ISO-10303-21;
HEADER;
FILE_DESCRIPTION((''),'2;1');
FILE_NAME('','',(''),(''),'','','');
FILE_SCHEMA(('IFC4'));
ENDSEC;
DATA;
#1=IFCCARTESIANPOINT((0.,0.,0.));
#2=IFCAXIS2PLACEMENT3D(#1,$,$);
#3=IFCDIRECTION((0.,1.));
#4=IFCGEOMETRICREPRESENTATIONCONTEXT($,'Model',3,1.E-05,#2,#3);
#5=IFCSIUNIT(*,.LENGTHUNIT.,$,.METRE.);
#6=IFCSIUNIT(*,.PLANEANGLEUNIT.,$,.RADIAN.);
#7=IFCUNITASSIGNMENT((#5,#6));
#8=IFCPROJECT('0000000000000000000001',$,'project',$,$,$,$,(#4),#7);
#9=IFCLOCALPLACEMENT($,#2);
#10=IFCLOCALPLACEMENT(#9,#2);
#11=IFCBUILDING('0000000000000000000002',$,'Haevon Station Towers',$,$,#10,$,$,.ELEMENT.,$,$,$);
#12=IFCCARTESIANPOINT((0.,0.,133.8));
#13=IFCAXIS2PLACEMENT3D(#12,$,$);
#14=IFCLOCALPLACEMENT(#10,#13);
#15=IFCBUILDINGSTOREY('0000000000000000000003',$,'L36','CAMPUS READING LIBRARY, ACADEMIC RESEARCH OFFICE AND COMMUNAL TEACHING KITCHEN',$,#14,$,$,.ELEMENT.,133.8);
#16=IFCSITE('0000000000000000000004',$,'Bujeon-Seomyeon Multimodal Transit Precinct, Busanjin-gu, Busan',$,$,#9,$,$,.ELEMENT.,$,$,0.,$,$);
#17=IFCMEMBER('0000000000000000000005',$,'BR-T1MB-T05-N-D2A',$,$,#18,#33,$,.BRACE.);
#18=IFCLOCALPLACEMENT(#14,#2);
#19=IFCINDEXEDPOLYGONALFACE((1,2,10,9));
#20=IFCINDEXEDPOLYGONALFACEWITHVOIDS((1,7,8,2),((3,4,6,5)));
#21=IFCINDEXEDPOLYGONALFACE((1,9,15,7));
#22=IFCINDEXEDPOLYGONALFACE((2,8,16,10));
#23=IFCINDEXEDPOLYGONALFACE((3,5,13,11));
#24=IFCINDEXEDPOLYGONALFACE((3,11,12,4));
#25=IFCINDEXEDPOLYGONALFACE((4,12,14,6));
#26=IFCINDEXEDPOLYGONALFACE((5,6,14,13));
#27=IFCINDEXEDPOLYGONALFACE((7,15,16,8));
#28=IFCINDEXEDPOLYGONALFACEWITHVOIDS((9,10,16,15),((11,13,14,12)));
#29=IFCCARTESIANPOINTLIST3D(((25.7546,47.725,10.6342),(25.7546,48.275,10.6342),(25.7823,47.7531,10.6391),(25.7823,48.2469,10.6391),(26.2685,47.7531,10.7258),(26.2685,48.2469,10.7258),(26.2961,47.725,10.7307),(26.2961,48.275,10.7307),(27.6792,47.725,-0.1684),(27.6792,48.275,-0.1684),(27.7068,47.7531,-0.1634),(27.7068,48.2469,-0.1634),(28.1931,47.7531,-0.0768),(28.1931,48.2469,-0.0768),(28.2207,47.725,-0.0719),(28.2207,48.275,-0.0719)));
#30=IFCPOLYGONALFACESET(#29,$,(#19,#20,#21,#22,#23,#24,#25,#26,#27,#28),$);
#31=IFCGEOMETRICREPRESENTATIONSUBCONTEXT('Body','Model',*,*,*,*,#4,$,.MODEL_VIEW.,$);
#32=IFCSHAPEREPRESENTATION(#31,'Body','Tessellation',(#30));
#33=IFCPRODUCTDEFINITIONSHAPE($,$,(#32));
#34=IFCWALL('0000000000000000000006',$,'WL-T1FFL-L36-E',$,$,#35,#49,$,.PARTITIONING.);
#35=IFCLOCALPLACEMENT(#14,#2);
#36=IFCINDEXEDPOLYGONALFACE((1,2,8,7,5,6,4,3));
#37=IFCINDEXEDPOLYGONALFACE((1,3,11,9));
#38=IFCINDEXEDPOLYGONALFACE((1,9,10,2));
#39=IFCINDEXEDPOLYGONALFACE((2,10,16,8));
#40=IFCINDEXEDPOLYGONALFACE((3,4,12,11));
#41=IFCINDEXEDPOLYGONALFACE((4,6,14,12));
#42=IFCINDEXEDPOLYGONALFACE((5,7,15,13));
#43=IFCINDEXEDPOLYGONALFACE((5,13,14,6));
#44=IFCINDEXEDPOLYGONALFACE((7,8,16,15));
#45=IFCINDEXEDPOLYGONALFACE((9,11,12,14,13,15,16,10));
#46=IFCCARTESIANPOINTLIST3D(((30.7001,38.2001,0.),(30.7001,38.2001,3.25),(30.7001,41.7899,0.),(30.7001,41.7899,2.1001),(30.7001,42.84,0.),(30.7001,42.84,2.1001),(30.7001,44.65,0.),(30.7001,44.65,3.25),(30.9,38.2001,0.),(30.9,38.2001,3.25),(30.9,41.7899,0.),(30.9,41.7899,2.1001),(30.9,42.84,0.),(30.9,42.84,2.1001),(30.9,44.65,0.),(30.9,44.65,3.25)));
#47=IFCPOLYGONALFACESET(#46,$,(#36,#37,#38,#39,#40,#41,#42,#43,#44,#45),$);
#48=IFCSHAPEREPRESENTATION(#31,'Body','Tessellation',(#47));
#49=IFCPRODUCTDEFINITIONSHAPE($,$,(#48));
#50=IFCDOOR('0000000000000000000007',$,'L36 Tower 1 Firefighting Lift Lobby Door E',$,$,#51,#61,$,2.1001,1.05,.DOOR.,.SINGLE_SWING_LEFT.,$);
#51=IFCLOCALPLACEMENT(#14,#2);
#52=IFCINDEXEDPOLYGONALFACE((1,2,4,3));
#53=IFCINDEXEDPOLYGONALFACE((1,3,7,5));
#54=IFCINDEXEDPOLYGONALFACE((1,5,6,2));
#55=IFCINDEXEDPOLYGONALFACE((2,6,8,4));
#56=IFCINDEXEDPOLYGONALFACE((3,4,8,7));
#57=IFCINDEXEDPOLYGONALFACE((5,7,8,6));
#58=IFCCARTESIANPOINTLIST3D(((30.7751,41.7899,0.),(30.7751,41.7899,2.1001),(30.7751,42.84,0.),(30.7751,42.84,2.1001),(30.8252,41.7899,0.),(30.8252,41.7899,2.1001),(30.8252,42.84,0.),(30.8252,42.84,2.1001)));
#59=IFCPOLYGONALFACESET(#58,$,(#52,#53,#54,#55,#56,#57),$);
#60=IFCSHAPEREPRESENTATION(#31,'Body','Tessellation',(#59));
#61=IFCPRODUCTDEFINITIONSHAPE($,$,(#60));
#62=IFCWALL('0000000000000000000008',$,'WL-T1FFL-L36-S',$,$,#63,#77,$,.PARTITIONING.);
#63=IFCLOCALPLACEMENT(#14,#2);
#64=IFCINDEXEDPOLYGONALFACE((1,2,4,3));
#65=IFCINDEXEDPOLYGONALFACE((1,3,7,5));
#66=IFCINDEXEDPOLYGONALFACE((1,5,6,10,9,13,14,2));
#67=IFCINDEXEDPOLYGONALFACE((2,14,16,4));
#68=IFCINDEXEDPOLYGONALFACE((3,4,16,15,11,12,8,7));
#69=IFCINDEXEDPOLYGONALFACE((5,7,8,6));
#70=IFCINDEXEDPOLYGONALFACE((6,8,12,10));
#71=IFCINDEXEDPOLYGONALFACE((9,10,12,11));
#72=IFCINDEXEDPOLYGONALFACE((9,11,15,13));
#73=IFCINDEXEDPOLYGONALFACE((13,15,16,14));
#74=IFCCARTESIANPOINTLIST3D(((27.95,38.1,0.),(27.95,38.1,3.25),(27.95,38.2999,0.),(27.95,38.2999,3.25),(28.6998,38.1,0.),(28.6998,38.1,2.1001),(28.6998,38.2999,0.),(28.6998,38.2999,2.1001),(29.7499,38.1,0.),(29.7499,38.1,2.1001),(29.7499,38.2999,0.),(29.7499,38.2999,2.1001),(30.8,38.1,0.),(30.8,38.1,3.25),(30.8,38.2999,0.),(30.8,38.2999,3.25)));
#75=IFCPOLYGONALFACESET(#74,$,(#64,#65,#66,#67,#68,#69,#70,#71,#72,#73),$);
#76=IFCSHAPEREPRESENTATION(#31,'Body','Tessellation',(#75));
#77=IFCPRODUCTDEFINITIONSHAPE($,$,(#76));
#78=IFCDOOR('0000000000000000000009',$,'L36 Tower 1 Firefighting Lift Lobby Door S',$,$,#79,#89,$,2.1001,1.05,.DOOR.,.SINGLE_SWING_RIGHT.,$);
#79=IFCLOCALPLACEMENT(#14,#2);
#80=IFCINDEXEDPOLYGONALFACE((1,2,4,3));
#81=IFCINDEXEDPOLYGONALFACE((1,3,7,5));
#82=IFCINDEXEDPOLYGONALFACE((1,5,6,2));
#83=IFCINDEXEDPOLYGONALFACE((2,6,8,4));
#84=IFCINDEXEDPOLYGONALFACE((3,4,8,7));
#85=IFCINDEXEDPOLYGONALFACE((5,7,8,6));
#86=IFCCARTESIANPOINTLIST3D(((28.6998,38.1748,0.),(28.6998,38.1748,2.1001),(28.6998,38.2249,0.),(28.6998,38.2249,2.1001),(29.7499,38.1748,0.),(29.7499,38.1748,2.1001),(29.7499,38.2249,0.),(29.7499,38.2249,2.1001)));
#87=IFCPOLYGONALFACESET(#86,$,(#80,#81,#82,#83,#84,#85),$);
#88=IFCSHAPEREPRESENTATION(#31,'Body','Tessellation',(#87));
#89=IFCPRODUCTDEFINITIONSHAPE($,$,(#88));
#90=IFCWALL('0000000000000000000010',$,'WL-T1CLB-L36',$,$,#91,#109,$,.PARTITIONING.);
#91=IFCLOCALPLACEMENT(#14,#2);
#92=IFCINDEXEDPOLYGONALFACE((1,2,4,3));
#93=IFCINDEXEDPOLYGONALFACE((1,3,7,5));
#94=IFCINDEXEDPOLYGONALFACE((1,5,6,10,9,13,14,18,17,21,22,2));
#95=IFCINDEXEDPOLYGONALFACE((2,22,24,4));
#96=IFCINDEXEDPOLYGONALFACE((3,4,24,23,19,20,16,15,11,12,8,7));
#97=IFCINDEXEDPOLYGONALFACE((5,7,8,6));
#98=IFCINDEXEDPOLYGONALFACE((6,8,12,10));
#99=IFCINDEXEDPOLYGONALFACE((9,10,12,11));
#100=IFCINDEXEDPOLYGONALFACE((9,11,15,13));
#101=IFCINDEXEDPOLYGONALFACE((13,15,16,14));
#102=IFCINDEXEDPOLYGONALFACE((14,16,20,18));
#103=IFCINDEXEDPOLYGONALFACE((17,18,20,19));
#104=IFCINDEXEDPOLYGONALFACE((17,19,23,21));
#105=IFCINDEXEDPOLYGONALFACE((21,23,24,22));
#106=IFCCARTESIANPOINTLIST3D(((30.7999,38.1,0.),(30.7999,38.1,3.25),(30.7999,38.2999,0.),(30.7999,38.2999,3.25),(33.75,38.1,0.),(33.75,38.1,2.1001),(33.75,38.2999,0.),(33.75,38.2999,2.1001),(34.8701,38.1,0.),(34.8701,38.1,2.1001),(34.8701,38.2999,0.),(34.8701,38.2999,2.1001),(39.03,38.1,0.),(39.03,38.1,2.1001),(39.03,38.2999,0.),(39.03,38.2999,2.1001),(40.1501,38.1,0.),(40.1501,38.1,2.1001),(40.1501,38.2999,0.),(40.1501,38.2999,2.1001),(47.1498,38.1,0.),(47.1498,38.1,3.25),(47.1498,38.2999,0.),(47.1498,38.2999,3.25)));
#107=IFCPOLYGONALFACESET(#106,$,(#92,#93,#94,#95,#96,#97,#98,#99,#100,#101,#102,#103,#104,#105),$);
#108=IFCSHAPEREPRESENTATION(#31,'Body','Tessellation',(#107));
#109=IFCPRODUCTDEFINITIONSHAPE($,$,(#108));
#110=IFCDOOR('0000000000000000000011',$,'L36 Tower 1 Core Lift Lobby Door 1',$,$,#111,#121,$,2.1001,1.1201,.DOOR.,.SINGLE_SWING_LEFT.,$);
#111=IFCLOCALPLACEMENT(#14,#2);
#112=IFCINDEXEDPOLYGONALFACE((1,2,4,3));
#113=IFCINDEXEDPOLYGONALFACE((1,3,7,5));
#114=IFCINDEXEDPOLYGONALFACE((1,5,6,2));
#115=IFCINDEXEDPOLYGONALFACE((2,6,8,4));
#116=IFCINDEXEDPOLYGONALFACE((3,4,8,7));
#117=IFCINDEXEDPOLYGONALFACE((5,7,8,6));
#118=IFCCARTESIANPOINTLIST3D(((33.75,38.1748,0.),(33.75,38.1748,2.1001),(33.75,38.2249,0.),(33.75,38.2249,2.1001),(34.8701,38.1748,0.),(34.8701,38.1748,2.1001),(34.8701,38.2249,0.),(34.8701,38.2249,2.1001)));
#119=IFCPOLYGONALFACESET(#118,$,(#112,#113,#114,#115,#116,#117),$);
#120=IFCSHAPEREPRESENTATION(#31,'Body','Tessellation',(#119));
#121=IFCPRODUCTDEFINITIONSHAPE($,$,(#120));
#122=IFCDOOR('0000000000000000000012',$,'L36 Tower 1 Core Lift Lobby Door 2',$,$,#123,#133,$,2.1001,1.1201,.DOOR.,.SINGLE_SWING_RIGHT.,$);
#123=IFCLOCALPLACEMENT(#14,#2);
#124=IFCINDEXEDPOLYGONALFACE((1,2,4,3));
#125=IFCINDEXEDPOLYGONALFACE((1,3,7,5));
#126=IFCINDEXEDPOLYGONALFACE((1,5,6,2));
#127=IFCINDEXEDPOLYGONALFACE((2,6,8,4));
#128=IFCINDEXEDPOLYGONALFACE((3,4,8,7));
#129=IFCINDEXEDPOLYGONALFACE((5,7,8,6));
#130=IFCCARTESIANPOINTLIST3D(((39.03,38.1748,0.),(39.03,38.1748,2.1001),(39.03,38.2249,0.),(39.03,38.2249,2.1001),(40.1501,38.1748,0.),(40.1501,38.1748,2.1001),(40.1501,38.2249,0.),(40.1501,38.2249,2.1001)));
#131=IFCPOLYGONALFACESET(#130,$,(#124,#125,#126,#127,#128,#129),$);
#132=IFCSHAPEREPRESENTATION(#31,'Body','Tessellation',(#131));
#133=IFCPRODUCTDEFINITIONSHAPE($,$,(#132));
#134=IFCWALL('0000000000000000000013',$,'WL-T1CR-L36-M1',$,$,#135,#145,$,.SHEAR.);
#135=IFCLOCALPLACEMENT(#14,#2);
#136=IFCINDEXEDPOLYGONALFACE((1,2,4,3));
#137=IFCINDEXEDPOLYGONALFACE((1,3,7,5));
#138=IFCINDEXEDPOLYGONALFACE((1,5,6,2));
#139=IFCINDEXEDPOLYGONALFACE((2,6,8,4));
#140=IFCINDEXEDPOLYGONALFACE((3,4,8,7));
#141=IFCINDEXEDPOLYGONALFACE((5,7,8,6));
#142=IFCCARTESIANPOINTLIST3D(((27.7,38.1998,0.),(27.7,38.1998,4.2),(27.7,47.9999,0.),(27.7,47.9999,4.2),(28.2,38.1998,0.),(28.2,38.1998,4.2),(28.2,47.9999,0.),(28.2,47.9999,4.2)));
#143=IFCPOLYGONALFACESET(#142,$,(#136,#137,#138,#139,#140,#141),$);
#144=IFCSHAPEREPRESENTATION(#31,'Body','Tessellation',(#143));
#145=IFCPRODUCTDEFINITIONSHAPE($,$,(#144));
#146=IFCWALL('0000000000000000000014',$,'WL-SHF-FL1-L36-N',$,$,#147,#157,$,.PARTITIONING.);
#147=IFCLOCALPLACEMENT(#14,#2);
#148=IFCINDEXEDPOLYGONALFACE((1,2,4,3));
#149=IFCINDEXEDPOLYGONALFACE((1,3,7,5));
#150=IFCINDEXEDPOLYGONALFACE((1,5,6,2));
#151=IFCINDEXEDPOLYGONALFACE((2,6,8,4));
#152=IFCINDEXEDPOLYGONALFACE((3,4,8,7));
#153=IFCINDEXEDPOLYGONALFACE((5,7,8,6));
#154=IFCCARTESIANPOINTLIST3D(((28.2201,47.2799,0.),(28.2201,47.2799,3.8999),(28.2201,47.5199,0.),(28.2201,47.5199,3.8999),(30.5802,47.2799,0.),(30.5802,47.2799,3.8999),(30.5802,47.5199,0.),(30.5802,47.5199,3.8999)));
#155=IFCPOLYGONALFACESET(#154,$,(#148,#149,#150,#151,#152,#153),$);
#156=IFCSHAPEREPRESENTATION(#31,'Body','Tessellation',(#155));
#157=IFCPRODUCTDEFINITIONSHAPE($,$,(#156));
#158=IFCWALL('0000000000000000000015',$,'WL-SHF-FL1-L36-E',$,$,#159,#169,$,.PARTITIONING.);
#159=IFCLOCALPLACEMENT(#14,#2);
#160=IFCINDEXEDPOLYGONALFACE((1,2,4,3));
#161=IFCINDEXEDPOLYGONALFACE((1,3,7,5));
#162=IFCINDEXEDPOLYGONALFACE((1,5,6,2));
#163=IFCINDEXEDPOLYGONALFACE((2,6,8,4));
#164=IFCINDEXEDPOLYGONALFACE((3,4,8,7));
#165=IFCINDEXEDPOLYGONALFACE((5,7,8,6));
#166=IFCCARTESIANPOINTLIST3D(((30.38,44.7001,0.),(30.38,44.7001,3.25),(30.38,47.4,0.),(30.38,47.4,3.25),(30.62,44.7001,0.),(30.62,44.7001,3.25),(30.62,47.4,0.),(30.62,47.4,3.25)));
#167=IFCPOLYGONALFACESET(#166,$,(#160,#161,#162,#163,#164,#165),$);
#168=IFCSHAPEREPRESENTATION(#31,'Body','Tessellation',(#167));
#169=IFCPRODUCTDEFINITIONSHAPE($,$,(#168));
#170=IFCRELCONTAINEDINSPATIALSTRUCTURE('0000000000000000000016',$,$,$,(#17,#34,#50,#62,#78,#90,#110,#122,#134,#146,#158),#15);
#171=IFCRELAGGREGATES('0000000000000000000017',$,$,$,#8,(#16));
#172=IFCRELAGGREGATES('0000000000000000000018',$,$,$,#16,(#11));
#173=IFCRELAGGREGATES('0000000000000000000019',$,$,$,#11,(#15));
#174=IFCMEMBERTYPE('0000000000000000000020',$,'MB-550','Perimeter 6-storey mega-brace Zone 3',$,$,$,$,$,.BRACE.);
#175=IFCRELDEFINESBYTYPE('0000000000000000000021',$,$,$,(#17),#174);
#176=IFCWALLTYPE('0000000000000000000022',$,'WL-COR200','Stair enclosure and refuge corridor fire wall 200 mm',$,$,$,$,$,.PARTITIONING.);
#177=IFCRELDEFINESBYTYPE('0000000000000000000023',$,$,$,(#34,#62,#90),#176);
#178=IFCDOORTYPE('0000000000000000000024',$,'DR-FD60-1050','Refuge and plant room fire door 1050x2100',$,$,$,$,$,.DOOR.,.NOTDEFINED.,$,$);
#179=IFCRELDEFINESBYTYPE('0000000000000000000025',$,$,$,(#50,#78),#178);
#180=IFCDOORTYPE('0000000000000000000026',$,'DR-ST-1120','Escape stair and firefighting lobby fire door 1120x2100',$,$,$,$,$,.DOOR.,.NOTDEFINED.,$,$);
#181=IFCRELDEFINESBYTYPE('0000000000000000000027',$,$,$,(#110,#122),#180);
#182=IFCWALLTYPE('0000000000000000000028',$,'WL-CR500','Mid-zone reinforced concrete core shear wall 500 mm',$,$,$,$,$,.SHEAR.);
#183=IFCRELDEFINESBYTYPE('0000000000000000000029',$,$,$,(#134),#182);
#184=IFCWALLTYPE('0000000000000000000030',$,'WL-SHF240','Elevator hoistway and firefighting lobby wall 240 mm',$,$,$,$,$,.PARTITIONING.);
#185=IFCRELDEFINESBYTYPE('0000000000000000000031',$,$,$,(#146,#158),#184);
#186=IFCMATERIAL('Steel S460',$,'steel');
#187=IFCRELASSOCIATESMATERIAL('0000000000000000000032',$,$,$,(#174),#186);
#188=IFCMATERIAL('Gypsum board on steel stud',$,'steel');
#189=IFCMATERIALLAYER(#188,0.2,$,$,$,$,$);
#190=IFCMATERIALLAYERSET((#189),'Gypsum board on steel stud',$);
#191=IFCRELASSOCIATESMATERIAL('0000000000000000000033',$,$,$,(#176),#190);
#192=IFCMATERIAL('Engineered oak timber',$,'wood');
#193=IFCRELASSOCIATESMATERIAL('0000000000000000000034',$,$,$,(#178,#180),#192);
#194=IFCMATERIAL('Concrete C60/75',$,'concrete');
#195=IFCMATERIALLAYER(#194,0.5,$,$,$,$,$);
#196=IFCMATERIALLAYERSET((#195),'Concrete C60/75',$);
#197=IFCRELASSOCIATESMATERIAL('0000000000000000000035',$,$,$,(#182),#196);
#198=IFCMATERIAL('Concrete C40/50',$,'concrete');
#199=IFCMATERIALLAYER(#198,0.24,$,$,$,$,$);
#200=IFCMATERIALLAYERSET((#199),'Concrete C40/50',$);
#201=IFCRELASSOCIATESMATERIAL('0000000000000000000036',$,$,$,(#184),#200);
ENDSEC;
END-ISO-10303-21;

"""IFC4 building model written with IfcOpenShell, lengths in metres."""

from ifc_helpers import new_model, si_unit, direction, frame, frame_2d, origin, origin_2d, place, context, subcontext, project, spatial, rectangle, hollow_rectangle, extrude, material, layer, layer_set, material_profile, profile_set, type_object, element, fill, save


model = new_model("IFC4")

# Units and contexts
model_context = context("Model", 3, precision=1e-05, world=origin(), true_north=direction((0.0, 1.0)))
body_context = subcontext(model_context, "Body", "Model", "MODEL_VIEW")
ifc_project = project(units=[si_unit("LENGTHUNIT", "METRE"), si_unit("PLANEANGLEUNIT", "RADIAN")], contexts=[model_context])

# Site, building, storey
site_placement = place(None, origin())
site = spatial("IfcSite", under=ifc_project, at=site_placement, Name="Bujeon-Seomyeon Multimodal Transit Precinct, Busanjin-gu, Busan", CompositionType="ELEMENT", RefElevation=0.0)
building_placement = place(site_placement, origin())
building = spatial("IfcBuilding", under=site, at=building_placement, Name="Haevon Station Towers", CompositionType="ELEMENT")
storey_placement = place(building_placement, frame((0.0, 0.0, 133.8)))
storey = spatial("IfcBuildingStorey", under=building, at=storey_placement, Name="L36", Description="CAMPUS READING LIBRARY, ACADEMIC RESEARCH OFFICE AND COMMUNAL TEACHING KITCHEN", CompositionType="ELEMENT", Elevation=133.8)

# Shared definitions
ifc_material_1 = material(Name="Steel S460", Category="steel")

# Member
ifc_material_profile_1 = material_profile(ifc_material_1, hollow_rectangle(XDim=0.55, YDim=0.55, WallThickness=0.0281, at=origin_2d()), Name="RHS-550x550x28")
ifc_profile_set_1 = profile_set([ifc_material_profile_1], Name="Steel S460")
member_type = type_object("IfcMemberType", Name="MB-550", Description="Perimeter 6-storey mega-brace Zone 3", PredefinedType="BRACE", material=ifc_profile_set_1)
member_placement = place(storey_placement, frame((27.95, 48.0, -0.1201), z_axis=(-0.175397, 0.0, 0.984498), x_axis=(0.0, -1.0, 0.0)))
element("IfcMember", 1, at=member_placement, inside=storey, type_object=member_type, Name="BR-T1MB-T05-N-D2A", PredefinedType="BRACE", context=body_context, shape_type="SweptSolid", body=[
    extrude(hollow_rectangle(XDim=0.55, YDim=0.55, WallThickness=0.0281, at=origin_2d()), origin(), (0.0, 0.0, 1.0), 10.9727),
])

# Walls, openings, doors
ifc_material_2 = material(Name="Gypsum board on steel stud", Category="steel")
ifc_layer_1 = layer(ifc_material_2, 0.2)
ifc_layer_set_1 = layer_set([ifc_layer_1], Name="Gypsum board on steel stud")
wall_type_1 = type_object("IfcWallType", Name="WL-COR200", Description="Stair enclosure and refuge corridor fire wall 200 mm", PredefinedType="PARTITIONING", material=ifc_layer_set_1)
wall_1_placement = place(storey_placement, frame((30.8, 38.2, 0.0), z_axis=(0.0, 0.0, 1.0), x_axis=(0.0, 1.0, 0.0)))
wall_1 = element("IfcWall", 2, at=wall_1_placement, inside=storey, type_object=wall_type_1, Name="WL-T1FFL-L36-E", PredefinedType="PARTITIONING", context=body_context, shape_type="SweptSolid", body=[
    extrude(rectangle(XDim=6.45, YDim=0.2, at=frame_2d((3.2251, 0.0))), origin(), (0.0, 0.0, 1.0), 3.25),
])
opening_1_placement = place(wall_1_placement, frame((3.5901, 0.0, 0.0)))
opening_1 = element("IfcOpeningElement", 3, at=opening_1_placement, cuts=wall_1, PredefinedType="OPENING", context=body_context, shape_type="SweptSolid", body=[
    extrude(rectangle(XDim=1.05, YDim=2.1001, at=frame_2d((0.5249, 1.05))), frame((0.0, 0.1099, 0.0), z_axis=(0.0, -1.0, 0.0), x_axis=(1.0, 0.0, 0.0)), (0.0, 0.0, 1.0), 0.22),
])
ifc_material_3 = material(Name="Engineered oak timber", Category="wood")
door_type_1 = type_object("IfcDoorType", Name="DR-FD60-1050", Description="Refuge and plant room fire door 1050x2100", OperationType="NOTDEFINED", PredefinedType="DOOR", material=ifc_material_3)
door_1_placement = place(opening_1_placement, origin())
door_1 = element("IfcDoor", 4, at=door_1_placement, inside=storey, type_object=door_type_1, Name="L36 Tower 1 Firefighting Lift Lobby Door E", OperationType="SINGLE_SWING_LEFT", OverallHeight=2.1001, OverallWidth=1.05, PredefinedType="DOOR", context=body_context, shape_type="SweptSolid", body=[
    extrude(rectangle(XDim=1.05, YDim=2.1001, at=frame_2d((0.5249, 1.05))), frame((0.0, 0.0249, 0.0), z_axis=(0.0, -1.0, 0.0), x_axis=(1.0, 0.0, 0.0)), (0.0, 0.0, 1.0), 0.05),
])
fill(opening_1, door_1)
wall_2_placement = place(storey_placement, frame((27.95, 38.2, 0.0), z_axis=(0.0, 0.0, 1.0), x_axis=(1.0, 0.0, 0.0)))
wall_2 = element("IfcWall", 5, at=wall_2_placement, inside=storey, type_object=wall_type_1, Name="WL-T1FFL-L36-S", PredefinedType="PARTITIONING", context=body_context, shape_type="SweptSolid", body=[
    extrude(rectangle(XDim=2.8501, YDim=0.2, at=frame_2d((1.425, 0.0))), origin(), (0.0, 0.0, 1.0), 3.25),
])
opening_2_placement = place(wall_2_placement, frame((0.75, 0.0, 0.0)))
opening_2 = element("IfcOpeningElement", 6, at=opening_2_placement, cuts=wall_2, PredefinedType="OPENING", context=body_context, shape_type="SweptSolid", body=[
    extrude(rectangle(XDim=1.05, YDim=2.1001, at=frame_2d((0.5249, 1.05))), frame((0.0, 0.1099, 0.0), z_axis=(0.0, -1.0, 0.0), x_axis=(1.0, 0.0, 0.0)), (0.0, 0.0, 1.0), 0.22),
])
door_2_placement = place(opening_2_placement, origin())
door_2 = element("IfcDoor", 7, at=door_2_placement, inside=storey, type_object=door_type_1, Name="L36 Tower 1 Firefighting Lift Lobby Door S", OperationType="SINGLE_SWING_RIGHT", OverallHeight=2.1001, OverallWidth=1.05, PredefinedType="DOOR", context=body_context, shape_type="SweptSolid", body=[
    extrude(rectangle(XDim=1.05, YDim=2.1001, at=frame_2d((0.5249, 1.05))), frame((0.0, 0.0249, 0.0), z_axis=(0.0, -1.0, 0.0), x_axis=(1.0, 0.0, 0.0)), (0.0, 0.0, 1.0), 0.05),
])
fill(opening_2, door_2)

# Wall, openings, doors
wall_3_placement = place(storey_placement, frame((30.8, 38.2, 0.0), z_axis=(0.0, 0.0, 1.0), x_axis=(1.0, 0.0, 0.0)))
wall_3 = element("IfcWall", 8, at=wall_3_placement, inside=storey, type_object=wall_type_1, Name="WL-T1CLB-L36", PredefinedType="PARTITIONING", context=body_context, shape_type="SweptSolid", body=[
    extrude(rectangle(XDim=16.3499, YDim=0.2, at=frame_2d((8.1748, 0.0))), origin(), (0.0, 0.0, 1.0), 3.25),
])
opening_3_placement = place(wall_3_placement, frame((2.95, 0.0, 0.0)))
opening_3 = element("IfcOpeningElement", 9, at=opening_3_placement, cuts=wall_3, PredefinedType="OPENING", context=body_context, shape_type="SweptSolid", body=[
    extrude(rectangle(XDim=1.1201, YDim=2.1001, at=frame_2d((0.5601, 1.05))), frame((0.0, 0.1099, 0.0), z_axis=(0.0, -1.0, 0.0), x_axis=(1.0, 0.0, 0.0)), (0.0, 0.0, 1.0), 0.22),
])
opening_4_placement = place(wall_3_placement, frame((8.23, 0.0, 0.0)))
opening_4 = element("IfcOpeningElement", 10, at=opening_4_placement, cuts=wall_3, PredefinedType="OPENING", context=body_context, shape_type="SweptSolid", body=[
    extrude(rectangle(XDim=1.1201, YDim=2.1001, at=frame_2d((0.5601, 1.05))), frame((0.0, 0.1099, 0.0), z_axis=(0.0, -1.0, 0.0), x_axis=(1.0, 0.0, 0.0)), (0.0, 0.0, 1.0), 0.22),
])
door_type_2 = type_object("IfcDoorType", Name="DR-ST-1120", Description="Escape stair and firefighting lobby fire door 1120x2100", OperationType="NOTDEFINED", PredefinedType="DOOR", material=ifc_material_3)
door_3_placement = place(opening_3_placement, origin())
door_3 = element("IfcDoor", 11, at=door_3_placement, inside=storey, type_object=door_type_2, Name="L36 Tower 1 Core Lift Lobby Door 1", OperationType="SINGLE_SWING_LEFT", OverallHeight=2.1001, OverallWidth=1.1201, PredefinedType="DOOR", context=body_context, shape_type="SweptSolid", body=[
    extrude(rectangle(XDim=1.1201, YDim=2.1001, at=frame_2d((0.5601, 1.05))), frame((0.0, 0.0249, 0.0), z_axis=(0.0, -1.0, 0.0), x_axis=(1.0, 0.0, 0.0)), (0.0, 0.0, 1.0), 0.05),
])
fill(opening_3, door_3)
door_4_placement = place(opening_4_placement, origin())
door_4 = element("IfcDoor", 12, at=door_4_placement, inside=storey, type_object=door_type_2, Name="L36 Tower 1 Core Lift Lobby Door 2", OperationType="SINGLE_SWING_RIGHT", OverallHeight=2.1001, OverallWidth=1.1201, PredefinedType="DOOR", context=body_context, shape_type="SweptSolid", body=[
    extrude(rectangle(XDim=1.1201, YDim=2.1001, at=frame_2d((0.5601, 1.05))), frame((0.0, 0.0249, 0.0), z_axis=(0.0, -1.0, 0.0), x_axis=(1.0, 0.0, 0.0)), (0.0, 0.0, 1.0), 0.05),
])
fill(opening_4, door_4)

# Wall
ifc_material_4 = material(Name="Concrete C60/75", Category="concrete")
ifc_layer_2 = layer(ifc_material_4, 0.5)
ifc_layer_set_2 = layer_set([ifc_layer_2], Name="Concrete C60/75")
wall_type_2 = type_object("IfcWallType", Name="WL-CR500", Description="Mid-zone reinforced concrete core shear wall 500 mm", PredefinedType="SHEAR", material=ifc_layer_set_2)
wall_4_placement = place(storey_placement, frame((27.95, 38.2, 0.0), z_axis=(0.0, 0.0, 1.0), x_axis=(0.0, 1.0, 0.0)))
element("IfcWall", 13, at=wall_4_placement, inside=storey, type_object=wall_type_2, Name="WL-T1CR-L36-M1", PredefinedType="SHEAR", context=body_context, shape_type="SweptSolid", body=[
    extrude(rectangle(XDim=9.8, YDim=0.5, at=frame_2d((4.8999, 0.0))), origin(), (0.0, 0.0, 1.0), 4.2),
])

# Shared definitions
ifc_material_5 = material(Name="Concrete C40/50", Category="concrete")
ifc_layer_3 = layer(ifc_material_5, 0.24)
ifc_layer_set_3 = layer_set([ifc_layer_3], Name="Concrete C40/50")
wall_type_3 = type_object("IfcWallType", Name="WL-SHF240", Description="Elevator hoistway and firefighting lobby wall 240 mm", PredefinedType="PARTITIONING", material=ifc_layer_set_3)

# Walls
wall_5_placement = place(storey_placement, frame((28.22, 47.3999, 0.0), z_axis=(0.0, 0.0, 1.0), x_axis=(1.0, 0.0, 0.0)))
element("IfcWall", 14, at=wall_5_placement, inside=storey, type_object=wall_type_3, Name="WL-SHF-FL1-L36-N", PredefinedType="PARTITIONING", context=body_context, shape_type="SweptSolid", body=[
    extrude(rectangle(XDim=2.3601, YDim=0.24, at=frame_2d((1.1802, 0.0))), origin(), (0.0, 0.0, 1.0), 3.8999),
])
wall_6_placement = place(storey_placement, frame((30.5, 44.7, 0.0), z_axis=(0.0, 0.0, 1.0), x_axis=(0.0, 1.0, 0.0)))
element("IfcWall", 15, at=wall_6_placement, inside=storey, type_object=wall_type_3, Name="WL-SHF-FL1-L36-E", PredefinedType="PARTITIONING", context=body_context, shape_type="SweptSolid", body=[
    extrude(rectangle(XDim=2.7, YDim=0.24, at=frame_2d((1.3501, 0.0))), origin(), (0.0, 0.0, 1.0), 3.25),
])

save(model, "model.ifc")
